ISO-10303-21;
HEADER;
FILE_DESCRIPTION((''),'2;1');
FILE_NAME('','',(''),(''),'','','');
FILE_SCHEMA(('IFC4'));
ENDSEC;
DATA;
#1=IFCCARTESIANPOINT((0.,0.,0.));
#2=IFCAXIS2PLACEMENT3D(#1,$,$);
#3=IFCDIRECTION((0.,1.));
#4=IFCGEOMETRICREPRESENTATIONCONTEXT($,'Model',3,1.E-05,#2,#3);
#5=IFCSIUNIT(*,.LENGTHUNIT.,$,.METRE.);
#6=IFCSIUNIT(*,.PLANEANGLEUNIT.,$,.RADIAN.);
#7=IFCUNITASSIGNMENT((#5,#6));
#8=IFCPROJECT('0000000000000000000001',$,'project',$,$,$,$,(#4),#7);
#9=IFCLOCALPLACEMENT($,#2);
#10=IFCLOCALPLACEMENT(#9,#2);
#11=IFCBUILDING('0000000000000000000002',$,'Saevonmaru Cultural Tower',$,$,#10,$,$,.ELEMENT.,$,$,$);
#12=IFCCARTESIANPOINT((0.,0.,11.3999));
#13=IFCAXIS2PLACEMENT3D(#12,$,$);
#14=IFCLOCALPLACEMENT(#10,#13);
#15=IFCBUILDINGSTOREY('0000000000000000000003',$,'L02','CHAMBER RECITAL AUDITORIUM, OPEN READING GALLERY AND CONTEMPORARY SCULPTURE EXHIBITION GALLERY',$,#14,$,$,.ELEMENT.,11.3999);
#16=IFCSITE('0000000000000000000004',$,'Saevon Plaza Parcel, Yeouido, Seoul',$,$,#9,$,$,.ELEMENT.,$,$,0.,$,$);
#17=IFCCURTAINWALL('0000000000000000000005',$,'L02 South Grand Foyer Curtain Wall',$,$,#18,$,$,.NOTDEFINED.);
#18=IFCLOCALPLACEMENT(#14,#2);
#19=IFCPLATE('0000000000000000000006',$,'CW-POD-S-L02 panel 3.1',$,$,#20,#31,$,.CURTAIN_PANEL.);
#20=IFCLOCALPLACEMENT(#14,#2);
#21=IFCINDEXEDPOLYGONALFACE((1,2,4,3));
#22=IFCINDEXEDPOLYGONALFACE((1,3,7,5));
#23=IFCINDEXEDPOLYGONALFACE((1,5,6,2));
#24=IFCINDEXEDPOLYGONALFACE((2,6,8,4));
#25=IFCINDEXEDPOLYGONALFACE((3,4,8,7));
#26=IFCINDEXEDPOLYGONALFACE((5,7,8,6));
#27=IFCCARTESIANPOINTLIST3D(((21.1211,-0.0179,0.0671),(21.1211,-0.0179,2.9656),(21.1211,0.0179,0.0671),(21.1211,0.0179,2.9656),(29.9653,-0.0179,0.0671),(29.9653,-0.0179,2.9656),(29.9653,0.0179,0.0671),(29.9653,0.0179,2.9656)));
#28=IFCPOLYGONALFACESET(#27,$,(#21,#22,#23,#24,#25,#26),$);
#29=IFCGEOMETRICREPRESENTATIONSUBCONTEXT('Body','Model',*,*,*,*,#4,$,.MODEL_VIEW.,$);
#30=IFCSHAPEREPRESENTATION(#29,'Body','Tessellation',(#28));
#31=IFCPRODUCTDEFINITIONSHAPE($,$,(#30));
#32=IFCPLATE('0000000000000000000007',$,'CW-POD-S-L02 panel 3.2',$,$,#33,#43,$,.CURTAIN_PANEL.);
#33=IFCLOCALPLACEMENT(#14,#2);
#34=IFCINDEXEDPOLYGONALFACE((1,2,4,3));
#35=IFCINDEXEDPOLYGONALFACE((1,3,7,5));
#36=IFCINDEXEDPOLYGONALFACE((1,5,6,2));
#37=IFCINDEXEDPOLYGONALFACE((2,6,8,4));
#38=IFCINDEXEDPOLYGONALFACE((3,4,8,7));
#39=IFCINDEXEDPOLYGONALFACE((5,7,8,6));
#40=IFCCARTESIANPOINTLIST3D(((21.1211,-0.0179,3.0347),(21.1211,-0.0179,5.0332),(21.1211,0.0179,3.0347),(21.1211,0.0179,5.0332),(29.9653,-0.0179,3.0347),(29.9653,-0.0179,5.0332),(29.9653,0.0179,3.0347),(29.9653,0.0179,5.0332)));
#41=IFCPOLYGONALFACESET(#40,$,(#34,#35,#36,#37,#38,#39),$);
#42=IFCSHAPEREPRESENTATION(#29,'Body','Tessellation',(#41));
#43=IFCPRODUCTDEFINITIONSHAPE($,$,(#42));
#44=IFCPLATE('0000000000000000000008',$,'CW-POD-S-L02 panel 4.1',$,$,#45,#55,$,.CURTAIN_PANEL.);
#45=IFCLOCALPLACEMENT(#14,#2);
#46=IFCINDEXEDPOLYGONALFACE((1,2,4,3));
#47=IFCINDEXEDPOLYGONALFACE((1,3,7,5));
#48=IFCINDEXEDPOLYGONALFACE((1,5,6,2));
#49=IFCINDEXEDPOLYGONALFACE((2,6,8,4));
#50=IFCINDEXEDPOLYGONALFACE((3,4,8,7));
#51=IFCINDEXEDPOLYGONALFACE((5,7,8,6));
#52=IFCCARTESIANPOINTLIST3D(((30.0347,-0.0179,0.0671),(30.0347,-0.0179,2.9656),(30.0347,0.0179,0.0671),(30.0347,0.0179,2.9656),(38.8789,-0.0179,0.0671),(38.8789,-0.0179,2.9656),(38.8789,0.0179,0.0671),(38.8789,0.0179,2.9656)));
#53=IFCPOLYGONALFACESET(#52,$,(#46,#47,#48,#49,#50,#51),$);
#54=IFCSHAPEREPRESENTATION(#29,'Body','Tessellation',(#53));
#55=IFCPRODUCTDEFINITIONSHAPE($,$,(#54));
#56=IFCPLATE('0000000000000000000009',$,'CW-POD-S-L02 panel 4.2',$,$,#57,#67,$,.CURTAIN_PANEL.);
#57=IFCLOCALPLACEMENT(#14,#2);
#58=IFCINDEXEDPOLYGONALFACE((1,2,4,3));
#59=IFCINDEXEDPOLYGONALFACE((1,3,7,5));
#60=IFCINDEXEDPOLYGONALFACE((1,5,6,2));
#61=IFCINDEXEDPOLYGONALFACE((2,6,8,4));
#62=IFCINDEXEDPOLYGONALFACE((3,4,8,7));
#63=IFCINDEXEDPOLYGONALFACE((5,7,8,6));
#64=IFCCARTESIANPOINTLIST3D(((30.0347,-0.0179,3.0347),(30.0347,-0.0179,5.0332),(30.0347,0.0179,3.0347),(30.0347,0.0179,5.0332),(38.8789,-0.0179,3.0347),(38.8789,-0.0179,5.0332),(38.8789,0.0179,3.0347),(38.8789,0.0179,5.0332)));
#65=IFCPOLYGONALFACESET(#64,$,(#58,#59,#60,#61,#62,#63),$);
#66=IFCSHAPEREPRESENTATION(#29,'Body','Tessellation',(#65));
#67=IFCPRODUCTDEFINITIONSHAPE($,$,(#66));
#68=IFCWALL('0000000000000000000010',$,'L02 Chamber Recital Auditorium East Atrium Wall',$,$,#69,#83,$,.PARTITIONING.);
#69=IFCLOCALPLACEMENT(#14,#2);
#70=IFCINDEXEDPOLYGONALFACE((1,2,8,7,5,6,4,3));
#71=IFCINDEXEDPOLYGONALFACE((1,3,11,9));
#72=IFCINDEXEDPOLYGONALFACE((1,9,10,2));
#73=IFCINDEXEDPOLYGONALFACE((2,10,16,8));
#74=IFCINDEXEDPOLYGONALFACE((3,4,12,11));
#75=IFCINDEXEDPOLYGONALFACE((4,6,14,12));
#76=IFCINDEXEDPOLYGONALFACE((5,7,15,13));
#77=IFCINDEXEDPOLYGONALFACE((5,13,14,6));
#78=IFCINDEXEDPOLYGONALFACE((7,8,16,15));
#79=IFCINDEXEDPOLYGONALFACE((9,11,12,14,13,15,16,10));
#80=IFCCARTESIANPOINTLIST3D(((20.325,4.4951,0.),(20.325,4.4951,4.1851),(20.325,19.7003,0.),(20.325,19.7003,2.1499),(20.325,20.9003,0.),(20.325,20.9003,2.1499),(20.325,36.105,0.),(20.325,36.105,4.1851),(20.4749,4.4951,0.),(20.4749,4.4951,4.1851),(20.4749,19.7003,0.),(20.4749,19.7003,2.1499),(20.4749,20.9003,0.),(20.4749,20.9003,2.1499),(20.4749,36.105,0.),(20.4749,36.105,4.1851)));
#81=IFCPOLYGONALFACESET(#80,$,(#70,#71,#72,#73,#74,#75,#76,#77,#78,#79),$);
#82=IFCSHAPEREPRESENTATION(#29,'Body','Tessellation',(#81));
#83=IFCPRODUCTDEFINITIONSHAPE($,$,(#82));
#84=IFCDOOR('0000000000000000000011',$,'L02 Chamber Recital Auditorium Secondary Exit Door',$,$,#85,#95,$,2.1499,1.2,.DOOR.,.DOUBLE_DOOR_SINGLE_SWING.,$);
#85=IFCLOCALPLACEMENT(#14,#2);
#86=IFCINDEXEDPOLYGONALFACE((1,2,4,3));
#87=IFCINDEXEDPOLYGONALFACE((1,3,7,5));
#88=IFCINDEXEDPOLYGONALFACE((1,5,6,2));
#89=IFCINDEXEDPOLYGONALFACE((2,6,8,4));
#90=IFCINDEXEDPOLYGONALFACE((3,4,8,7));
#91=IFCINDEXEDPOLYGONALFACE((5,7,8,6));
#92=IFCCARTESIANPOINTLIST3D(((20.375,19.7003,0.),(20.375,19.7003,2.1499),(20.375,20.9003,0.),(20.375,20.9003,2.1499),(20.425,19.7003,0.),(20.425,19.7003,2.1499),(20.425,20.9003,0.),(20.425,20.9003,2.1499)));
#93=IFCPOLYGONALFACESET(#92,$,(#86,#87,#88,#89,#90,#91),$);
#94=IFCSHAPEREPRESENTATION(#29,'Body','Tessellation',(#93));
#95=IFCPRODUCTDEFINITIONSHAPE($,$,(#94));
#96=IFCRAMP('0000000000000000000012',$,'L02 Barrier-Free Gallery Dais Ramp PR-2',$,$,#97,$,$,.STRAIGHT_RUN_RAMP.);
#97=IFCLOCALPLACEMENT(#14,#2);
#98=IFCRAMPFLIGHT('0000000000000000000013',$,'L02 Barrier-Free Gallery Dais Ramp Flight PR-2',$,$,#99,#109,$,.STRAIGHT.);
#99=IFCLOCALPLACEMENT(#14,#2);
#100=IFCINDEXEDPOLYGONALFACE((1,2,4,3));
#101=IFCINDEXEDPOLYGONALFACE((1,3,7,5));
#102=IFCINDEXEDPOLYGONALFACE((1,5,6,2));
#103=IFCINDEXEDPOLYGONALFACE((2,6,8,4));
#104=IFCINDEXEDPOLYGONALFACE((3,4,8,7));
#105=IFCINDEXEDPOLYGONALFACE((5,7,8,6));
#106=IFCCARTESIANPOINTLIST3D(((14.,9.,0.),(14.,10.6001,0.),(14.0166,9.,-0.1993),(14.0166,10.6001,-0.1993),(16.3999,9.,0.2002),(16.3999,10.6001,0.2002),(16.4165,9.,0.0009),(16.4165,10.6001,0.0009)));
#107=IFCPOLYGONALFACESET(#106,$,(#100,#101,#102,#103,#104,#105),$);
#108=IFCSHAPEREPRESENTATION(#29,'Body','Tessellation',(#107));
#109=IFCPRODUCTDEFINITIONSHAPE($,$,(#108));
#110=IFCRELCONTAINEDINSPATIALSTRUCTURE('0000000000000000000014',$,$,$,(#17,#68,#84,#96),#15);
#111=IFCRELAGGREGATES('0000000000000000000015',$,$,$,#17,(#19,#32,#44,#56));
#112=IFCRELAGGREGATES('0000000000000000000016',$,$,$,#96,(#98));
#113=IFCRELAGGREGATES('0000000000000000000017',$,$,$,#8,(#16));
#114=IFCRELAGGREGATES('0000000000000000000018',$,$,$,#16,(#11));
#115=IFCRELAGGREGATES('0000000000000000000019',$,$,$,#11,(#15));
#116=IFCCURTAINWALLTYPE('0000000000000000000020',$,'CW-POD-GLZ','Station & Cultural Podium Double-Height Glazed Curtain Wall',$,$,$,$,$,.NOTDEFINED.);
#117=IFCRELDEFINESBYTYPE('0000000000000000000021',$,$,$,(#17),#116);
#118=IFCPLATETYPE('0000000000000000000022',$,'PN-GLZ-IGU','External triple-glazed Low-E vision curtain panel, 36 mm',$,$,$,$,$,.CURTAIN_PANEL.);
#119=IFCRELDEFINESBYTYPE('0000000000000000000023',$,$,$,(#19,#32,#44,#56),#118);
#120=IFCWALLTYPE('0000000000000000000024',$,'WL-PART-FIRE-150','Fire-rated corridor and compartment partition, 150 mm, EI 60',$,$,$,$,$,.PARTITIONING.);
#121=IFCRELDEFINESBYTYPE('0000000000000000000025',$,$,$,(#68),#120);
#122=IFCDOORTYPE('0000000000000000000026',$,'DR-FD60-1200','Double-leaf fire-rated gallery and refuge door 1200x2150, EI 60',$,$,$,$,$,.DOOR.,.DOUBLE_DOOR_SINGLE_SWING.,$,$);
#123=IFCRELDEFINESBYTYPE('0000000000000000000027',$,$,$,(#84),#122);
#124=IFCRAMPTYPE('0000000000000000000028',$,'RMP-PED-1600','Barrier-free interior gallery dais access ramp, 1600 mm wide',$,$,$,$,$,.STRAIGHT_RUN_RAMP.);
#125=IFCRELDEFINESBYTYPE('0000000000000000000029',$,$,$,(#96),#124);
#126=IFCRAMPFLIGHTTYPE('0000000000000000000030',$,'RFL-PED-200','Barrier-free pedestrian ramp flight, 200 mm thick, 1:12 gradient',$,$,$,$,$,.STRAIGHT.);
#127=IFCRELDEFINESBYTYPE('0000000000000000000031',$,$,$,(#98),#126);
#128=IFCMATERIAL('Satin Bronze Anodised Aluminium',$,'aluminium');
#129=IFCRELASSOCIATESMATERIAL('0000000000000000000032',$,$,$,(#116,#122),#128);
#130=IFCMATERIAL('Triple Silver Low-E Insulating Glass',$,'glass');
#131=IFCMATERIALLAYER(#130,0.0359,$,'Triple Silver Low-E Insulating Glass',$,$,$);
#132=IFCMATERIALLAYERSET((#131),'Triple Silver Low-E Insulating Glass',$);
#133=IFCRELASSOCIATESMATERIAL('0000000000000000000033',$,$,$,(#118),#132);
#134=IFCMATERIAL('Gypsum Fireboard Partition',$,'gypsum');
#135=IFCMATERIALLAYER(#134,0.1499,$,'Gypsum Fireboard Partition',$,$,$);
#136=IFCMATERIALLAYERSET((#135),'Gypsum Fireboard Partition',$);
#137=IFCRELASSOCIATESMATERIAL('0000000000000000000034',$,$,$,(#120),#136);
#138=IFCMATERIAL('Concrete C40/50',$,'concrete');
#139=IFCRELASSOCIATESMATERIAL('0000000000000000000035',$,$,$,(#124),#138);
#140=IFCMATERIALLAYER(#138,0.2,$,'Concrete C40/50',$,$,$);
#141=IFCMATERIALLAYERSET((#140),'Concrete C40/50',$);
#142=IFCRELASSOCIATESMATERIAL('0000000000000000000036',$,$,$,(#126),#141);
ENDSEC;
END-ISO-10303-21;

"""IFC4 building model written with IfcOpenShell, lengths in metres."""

from ifc_helpers import new_model, si_unit, direction, frame, frame_2d, origin, origin_2d, place, context, subcontext, project, spatial, polyline, rectangle, outline, extrude, material, layer, layer_set, type_object, element, fill, aggregate, save


model = new_model("IFC4")

# Units and contexts
model_context = context("Model", 3, precision=1e-05, world=origin(), true_north=direction((0.0, 1.0)))
body_context = subcontext(model_context, "Body", "Model", "MODEL_VIEW")
ifc_project = project(units=[si_unit("LENGTHUNIT", "METRE"), si_unit("PLANEANGLEUNIT", "RADIAN")], contexts=[model_context])

# Site, building, storey
site_placement = place(None, origin())
site = spatial("IfcSite", under=ifc_project, at=site_placement, Name="Saevon Plaza Parcel, Yeouido, Seoul", CompositionType="ELEMENT", RefElevation=0.0)
building_placement = place(site_placement, origin())
building = spatial("IfcBuilding", under=site, at=building_placement, Name="Saevonmaru Cultural Tower", CompositionType="ELEMENT")
storey_placement = place(building_placement, frame((0.0, 0.0, 11.3999)))
storey = spatial("IfcBuildingStorey", under=building, at=storey_placement, Name="L02", Description="CHAMBER RECITAL AUDITORIUM, OPEN READING GALLERY AND CONTEMPORARY SCULPTURE EXHIBITION GALLERY", CompositionType="ELEMENT", Elevation=11.3999)

# Curtain wall, plates
ifc_material_1 = material(Name="Satin Bronze Anodised Aluminium", Category="aluminium")
curtain_wall_type = type_object("IfcCurtainWallType", Name="CW-POD-GLZ", Description="Station & Cultural Podium Double-Height Glazed Curtain Wall", PredefinedType="NOTDEFINED", material=ifc_material_1)
curtain_wall_placement = place(storey_placement, origin())
curtain_wall = element("IfcCurtainWall", 1, at=curtain_wall_placement, inside=storey, type_object=curtain_wall_type, Name="L02 South Grand Foyer Curtain Wall", PredefinedType="NOTDEFINED")
ifc_material_2 = material(Name="Triple Silver Low-E Insulating Glass", Category="glass")
ifc_layer_1 = layer(ifc_material_2, 0.0359, Name="Triple Silver Low-E Insulating Glass")
ifc_layer_set_1 = layer_set([ifc_layer_1], Name="Triple Silver Low-E Insulating Glass")
plate_type = type_object("IfcPlateType", Name="PN-GLZ-IGU", Description="External triple-glazed Low-E vision curtain panel, 36 mm", PredefinedType="CURTAIN_PANEL", material=ifc_layer_set_1)
plate_1_placement = place(storey_placement, frame((25.5432, 0.0, 0.0671), z_axis=(0.0, 0.0, 1.0), x_axis=(1.0, 0.0, 0.0)))
plate_1 = element("IfcPlate", 2, at=plate_1_placement, type_object=plate_type, Name="CW-POD-S-L02 panel 3.1", PredefinedType="CURTAIN_PANEL", context=body_context, shape_type="SweptSolid", body=[
    extrude(rectangle(XDim=8.8442, YDim=0.0359, at=origin_2d()), origin(), (0.0, 0.0, 1.0), 2.8984),
])
plate_2_placement = place(storey_placement, frame((25.5432, 0.0, 3.0347), z_axis=(0.0, 0.0, 1.0), x_axis=(1.0, 0.0, 0.0)))
plate_2 = element("IfcPlate", 3, at=plate_2_placement, type_object=plate_type, Name="CW-POD-S-L02 panel 3.2", PredefinedType="CURTAIN_PANEL", context=body_context, shape_type="SweptSolid", body=[
    extrude(rectangle(XDim=8.8442, YDim=0.0359, at=origin_2d()), origin(), (0.0, 0.0, 1.0), 1.9985),
])
plate_3_placement = place(storey_placement, frame((34.4568, 0.0, 0.0671), z_axis=(0.0, 0.0, 1.0), x_axis=(1.0, 0.0, 0.0)))
plate_3 = element("IfcPlate", 4, at=plate_3_placement, type_object=plate_type, Name="CW-POD-S-L02 panel 4.1", PredefinedType="CURTAIN_PANEL", context=body_context, shape_type="SweptSolid", body=[
    extrude(rectangle(XDim=8.8442, YDim=0.0359, at=origin_2d()), origin(), (0.0, 0.0, 1.0), 2.8984),
])
plate_4_placement = place(storey_placement, frame((34.4568, 0.0, 3.0347), z_axis=(0.0, 0.0, 1.0), x_axis=(1.0, 0.0, 0.0)))
plate_4 = element("IfcPlate", 5, at=plate_4_placement, type_object=plate_type, Name="CW-POD-S-L02 panel 4.2", PredefinedType="CURTAIN_PANEL", context=body_context, shape_type="SweptSolid", body=[
    extrude(rectangle(XDim=8.8442, YDim=0.0359, at=origin_2d()), origin(), (0.0, 0.0, 1.0), 1.9985),
])
aggregate(curtain_wall, [plate_1, plate_2, plate_3, plate_4])

# Wall, opening, door
ifc_material_3 = material(Name="Gypsum Fireboard Partition", Category="gypsum")
ifc_layer_2 = layer(ifc_material_3, 0.1499, Name="Gypsum Fireboard Partition")
ifc_layer_set_2 = layer_set([ifc_layer_2], Name="Gypsum Fireboard Partition")
wall_type = type_object("IfcWallType", Name="WL-PART-FIRE-150", Description="Fire-rated corridor and compartment partition, 150 mm, EI 60", PredefinedType="PARTITIONING", material=ifc_layer_set_2)
wall_placement = place(storey_placement, frame((20.3999, 4.4951, 0.0), z_axis=(0.0, 0.0, 1.0), x_axis=(0.0, 1.0, 0.0)))
wall = element("IfcWall", 6, at=wall_placement, inside=storey, type_object=wall_type, Name="L02 Chamber Recital Auditorium East Atrium Wall", PredefinedType="PARTITIONING", context=body_context, shape_type="SweptSolid", body=[
    extrude(rectangle(XDim=31.6099, YDim=0.1499, at=frame_2d((15.8049, 0.0))), origin(), (0.0, 0.0, 1.0), 4.1851),
])
opening_placement = place(wall_placement, frame((15.2051, 0.0, 0.0)))
opening = element("IfcOpeningElement", 7, at=opening_placement, cuts=wall, PredefinedType="OPENING", context=body_context, shape_type="SweptSolid", body=[
    extrude(rectangle(XDim=1.2, YDim=2.1499, at=frame_2d((0.6001, 1.075))), frame((0.0, 0.085, 0.0), z_axis=(0.0, -1.0, 0.0), x_axis=(1.0, 0.0, 0.0)), (0.0, 0.0, 1.0), 0.1699),
])
door_type = type_object("IfcDoorType", Name="DR-FD60-1200", Description="Double-leaf fire-rated gallery and refuge door 1200x2150, EI 60", OperationType="DOUBLE_DOOR_SINGLE_SWING", PredefinedType="DOOR", material=ifc_material_1)
door_placement = place(opening_placement, origin())
door = element("IfcDoor", 8, at=door_placement, inside=storey, type_object=door_type, Name="L02 Chamber Recital Auditorium Secondary Exit Door", OperationType="DOUBLE_DOOR_SINGLE_SWING", OverallHeight=2.1499, OverallWidth=1.2, PredefinedType="DOOR", context=body_context, shape_type="SweptSolid", body=[
    extrude(rectangle(XDim=1.2, YDim=2.1499, at=frame_2d((0.6001, 1.075))), frame((0.0, 0.0249, 0.0), z_axis=(0.0, -1.0, 0.0), x_axis=(1.0, 0.0, 0.0)), (0.0, 0.0, 1.0), 0.05),
])
fill(opening, door)

# Ramp, ramp flight
ifc_material_4 = material(Name="Concrete C40/50", Category="concrete")
ramp_type = type_object("IfcRampType", Name="RMP-PED-1600", Description="Barrier-free interior gallery dais access ramp, 1600 mm wide", PredefinedType="STRAIGHT_RUN_RAMP", material=ifc_material_4)
ramp_placement = place(storey_placement, origin())
ramp = element("IfcRamp", 9, at=ramp_placement, inside=storey, type_object=ramp_type, Name="L02 Barrier-Free Gallery Dais Ramp PR-2", PredefinedType="STRAIGHT_RUN_RAMP")
ifc_layer_3 = layer(ifc_material_4, 0.2, Name="Concrete C40/50")
ifc_layer_set_3 = layer_set([ifc_layer_3], Name="Concrete C40/50")
ramp_flight_type = type_object("IfcRampFlightType", Name="RFL-PED-200", Description="Barrier-free pedestrian ramp flight, 200 mm thick, 1:12 gradient", PredefinedType="STRAIGHT", material=ifc_layer_set_3)
ramp_flight_placement = place(storey_placement, frame((14.0, 9.0, 0.0), z_axis=(-0.083129, 0.0, 0.996539), x_axis=(0.996539, 0.0, 0.083129)))
ramp_flight = element("IfcRampFlight", 10, at=ramp_flight_placement, type_object=ramp_flight_type, Name="L02 Barrier-Free Gallery Dais Ramp Flight PR-2", PredefinedType="STRAIGHT", context=body_context, shape_type="SweptSolid", body=[
    extrude(outline(polyline([(0.0, 0.0), (2.4082, 0.0), (2.4082, 1.6001), (0.0, 1.6001), (0.0, 0.0)])), origin(), (0.0, 0.0, -1.0), 0.2),
])
aggregate(ramp, [ramp_flight])

save(model, "model.ifc")
